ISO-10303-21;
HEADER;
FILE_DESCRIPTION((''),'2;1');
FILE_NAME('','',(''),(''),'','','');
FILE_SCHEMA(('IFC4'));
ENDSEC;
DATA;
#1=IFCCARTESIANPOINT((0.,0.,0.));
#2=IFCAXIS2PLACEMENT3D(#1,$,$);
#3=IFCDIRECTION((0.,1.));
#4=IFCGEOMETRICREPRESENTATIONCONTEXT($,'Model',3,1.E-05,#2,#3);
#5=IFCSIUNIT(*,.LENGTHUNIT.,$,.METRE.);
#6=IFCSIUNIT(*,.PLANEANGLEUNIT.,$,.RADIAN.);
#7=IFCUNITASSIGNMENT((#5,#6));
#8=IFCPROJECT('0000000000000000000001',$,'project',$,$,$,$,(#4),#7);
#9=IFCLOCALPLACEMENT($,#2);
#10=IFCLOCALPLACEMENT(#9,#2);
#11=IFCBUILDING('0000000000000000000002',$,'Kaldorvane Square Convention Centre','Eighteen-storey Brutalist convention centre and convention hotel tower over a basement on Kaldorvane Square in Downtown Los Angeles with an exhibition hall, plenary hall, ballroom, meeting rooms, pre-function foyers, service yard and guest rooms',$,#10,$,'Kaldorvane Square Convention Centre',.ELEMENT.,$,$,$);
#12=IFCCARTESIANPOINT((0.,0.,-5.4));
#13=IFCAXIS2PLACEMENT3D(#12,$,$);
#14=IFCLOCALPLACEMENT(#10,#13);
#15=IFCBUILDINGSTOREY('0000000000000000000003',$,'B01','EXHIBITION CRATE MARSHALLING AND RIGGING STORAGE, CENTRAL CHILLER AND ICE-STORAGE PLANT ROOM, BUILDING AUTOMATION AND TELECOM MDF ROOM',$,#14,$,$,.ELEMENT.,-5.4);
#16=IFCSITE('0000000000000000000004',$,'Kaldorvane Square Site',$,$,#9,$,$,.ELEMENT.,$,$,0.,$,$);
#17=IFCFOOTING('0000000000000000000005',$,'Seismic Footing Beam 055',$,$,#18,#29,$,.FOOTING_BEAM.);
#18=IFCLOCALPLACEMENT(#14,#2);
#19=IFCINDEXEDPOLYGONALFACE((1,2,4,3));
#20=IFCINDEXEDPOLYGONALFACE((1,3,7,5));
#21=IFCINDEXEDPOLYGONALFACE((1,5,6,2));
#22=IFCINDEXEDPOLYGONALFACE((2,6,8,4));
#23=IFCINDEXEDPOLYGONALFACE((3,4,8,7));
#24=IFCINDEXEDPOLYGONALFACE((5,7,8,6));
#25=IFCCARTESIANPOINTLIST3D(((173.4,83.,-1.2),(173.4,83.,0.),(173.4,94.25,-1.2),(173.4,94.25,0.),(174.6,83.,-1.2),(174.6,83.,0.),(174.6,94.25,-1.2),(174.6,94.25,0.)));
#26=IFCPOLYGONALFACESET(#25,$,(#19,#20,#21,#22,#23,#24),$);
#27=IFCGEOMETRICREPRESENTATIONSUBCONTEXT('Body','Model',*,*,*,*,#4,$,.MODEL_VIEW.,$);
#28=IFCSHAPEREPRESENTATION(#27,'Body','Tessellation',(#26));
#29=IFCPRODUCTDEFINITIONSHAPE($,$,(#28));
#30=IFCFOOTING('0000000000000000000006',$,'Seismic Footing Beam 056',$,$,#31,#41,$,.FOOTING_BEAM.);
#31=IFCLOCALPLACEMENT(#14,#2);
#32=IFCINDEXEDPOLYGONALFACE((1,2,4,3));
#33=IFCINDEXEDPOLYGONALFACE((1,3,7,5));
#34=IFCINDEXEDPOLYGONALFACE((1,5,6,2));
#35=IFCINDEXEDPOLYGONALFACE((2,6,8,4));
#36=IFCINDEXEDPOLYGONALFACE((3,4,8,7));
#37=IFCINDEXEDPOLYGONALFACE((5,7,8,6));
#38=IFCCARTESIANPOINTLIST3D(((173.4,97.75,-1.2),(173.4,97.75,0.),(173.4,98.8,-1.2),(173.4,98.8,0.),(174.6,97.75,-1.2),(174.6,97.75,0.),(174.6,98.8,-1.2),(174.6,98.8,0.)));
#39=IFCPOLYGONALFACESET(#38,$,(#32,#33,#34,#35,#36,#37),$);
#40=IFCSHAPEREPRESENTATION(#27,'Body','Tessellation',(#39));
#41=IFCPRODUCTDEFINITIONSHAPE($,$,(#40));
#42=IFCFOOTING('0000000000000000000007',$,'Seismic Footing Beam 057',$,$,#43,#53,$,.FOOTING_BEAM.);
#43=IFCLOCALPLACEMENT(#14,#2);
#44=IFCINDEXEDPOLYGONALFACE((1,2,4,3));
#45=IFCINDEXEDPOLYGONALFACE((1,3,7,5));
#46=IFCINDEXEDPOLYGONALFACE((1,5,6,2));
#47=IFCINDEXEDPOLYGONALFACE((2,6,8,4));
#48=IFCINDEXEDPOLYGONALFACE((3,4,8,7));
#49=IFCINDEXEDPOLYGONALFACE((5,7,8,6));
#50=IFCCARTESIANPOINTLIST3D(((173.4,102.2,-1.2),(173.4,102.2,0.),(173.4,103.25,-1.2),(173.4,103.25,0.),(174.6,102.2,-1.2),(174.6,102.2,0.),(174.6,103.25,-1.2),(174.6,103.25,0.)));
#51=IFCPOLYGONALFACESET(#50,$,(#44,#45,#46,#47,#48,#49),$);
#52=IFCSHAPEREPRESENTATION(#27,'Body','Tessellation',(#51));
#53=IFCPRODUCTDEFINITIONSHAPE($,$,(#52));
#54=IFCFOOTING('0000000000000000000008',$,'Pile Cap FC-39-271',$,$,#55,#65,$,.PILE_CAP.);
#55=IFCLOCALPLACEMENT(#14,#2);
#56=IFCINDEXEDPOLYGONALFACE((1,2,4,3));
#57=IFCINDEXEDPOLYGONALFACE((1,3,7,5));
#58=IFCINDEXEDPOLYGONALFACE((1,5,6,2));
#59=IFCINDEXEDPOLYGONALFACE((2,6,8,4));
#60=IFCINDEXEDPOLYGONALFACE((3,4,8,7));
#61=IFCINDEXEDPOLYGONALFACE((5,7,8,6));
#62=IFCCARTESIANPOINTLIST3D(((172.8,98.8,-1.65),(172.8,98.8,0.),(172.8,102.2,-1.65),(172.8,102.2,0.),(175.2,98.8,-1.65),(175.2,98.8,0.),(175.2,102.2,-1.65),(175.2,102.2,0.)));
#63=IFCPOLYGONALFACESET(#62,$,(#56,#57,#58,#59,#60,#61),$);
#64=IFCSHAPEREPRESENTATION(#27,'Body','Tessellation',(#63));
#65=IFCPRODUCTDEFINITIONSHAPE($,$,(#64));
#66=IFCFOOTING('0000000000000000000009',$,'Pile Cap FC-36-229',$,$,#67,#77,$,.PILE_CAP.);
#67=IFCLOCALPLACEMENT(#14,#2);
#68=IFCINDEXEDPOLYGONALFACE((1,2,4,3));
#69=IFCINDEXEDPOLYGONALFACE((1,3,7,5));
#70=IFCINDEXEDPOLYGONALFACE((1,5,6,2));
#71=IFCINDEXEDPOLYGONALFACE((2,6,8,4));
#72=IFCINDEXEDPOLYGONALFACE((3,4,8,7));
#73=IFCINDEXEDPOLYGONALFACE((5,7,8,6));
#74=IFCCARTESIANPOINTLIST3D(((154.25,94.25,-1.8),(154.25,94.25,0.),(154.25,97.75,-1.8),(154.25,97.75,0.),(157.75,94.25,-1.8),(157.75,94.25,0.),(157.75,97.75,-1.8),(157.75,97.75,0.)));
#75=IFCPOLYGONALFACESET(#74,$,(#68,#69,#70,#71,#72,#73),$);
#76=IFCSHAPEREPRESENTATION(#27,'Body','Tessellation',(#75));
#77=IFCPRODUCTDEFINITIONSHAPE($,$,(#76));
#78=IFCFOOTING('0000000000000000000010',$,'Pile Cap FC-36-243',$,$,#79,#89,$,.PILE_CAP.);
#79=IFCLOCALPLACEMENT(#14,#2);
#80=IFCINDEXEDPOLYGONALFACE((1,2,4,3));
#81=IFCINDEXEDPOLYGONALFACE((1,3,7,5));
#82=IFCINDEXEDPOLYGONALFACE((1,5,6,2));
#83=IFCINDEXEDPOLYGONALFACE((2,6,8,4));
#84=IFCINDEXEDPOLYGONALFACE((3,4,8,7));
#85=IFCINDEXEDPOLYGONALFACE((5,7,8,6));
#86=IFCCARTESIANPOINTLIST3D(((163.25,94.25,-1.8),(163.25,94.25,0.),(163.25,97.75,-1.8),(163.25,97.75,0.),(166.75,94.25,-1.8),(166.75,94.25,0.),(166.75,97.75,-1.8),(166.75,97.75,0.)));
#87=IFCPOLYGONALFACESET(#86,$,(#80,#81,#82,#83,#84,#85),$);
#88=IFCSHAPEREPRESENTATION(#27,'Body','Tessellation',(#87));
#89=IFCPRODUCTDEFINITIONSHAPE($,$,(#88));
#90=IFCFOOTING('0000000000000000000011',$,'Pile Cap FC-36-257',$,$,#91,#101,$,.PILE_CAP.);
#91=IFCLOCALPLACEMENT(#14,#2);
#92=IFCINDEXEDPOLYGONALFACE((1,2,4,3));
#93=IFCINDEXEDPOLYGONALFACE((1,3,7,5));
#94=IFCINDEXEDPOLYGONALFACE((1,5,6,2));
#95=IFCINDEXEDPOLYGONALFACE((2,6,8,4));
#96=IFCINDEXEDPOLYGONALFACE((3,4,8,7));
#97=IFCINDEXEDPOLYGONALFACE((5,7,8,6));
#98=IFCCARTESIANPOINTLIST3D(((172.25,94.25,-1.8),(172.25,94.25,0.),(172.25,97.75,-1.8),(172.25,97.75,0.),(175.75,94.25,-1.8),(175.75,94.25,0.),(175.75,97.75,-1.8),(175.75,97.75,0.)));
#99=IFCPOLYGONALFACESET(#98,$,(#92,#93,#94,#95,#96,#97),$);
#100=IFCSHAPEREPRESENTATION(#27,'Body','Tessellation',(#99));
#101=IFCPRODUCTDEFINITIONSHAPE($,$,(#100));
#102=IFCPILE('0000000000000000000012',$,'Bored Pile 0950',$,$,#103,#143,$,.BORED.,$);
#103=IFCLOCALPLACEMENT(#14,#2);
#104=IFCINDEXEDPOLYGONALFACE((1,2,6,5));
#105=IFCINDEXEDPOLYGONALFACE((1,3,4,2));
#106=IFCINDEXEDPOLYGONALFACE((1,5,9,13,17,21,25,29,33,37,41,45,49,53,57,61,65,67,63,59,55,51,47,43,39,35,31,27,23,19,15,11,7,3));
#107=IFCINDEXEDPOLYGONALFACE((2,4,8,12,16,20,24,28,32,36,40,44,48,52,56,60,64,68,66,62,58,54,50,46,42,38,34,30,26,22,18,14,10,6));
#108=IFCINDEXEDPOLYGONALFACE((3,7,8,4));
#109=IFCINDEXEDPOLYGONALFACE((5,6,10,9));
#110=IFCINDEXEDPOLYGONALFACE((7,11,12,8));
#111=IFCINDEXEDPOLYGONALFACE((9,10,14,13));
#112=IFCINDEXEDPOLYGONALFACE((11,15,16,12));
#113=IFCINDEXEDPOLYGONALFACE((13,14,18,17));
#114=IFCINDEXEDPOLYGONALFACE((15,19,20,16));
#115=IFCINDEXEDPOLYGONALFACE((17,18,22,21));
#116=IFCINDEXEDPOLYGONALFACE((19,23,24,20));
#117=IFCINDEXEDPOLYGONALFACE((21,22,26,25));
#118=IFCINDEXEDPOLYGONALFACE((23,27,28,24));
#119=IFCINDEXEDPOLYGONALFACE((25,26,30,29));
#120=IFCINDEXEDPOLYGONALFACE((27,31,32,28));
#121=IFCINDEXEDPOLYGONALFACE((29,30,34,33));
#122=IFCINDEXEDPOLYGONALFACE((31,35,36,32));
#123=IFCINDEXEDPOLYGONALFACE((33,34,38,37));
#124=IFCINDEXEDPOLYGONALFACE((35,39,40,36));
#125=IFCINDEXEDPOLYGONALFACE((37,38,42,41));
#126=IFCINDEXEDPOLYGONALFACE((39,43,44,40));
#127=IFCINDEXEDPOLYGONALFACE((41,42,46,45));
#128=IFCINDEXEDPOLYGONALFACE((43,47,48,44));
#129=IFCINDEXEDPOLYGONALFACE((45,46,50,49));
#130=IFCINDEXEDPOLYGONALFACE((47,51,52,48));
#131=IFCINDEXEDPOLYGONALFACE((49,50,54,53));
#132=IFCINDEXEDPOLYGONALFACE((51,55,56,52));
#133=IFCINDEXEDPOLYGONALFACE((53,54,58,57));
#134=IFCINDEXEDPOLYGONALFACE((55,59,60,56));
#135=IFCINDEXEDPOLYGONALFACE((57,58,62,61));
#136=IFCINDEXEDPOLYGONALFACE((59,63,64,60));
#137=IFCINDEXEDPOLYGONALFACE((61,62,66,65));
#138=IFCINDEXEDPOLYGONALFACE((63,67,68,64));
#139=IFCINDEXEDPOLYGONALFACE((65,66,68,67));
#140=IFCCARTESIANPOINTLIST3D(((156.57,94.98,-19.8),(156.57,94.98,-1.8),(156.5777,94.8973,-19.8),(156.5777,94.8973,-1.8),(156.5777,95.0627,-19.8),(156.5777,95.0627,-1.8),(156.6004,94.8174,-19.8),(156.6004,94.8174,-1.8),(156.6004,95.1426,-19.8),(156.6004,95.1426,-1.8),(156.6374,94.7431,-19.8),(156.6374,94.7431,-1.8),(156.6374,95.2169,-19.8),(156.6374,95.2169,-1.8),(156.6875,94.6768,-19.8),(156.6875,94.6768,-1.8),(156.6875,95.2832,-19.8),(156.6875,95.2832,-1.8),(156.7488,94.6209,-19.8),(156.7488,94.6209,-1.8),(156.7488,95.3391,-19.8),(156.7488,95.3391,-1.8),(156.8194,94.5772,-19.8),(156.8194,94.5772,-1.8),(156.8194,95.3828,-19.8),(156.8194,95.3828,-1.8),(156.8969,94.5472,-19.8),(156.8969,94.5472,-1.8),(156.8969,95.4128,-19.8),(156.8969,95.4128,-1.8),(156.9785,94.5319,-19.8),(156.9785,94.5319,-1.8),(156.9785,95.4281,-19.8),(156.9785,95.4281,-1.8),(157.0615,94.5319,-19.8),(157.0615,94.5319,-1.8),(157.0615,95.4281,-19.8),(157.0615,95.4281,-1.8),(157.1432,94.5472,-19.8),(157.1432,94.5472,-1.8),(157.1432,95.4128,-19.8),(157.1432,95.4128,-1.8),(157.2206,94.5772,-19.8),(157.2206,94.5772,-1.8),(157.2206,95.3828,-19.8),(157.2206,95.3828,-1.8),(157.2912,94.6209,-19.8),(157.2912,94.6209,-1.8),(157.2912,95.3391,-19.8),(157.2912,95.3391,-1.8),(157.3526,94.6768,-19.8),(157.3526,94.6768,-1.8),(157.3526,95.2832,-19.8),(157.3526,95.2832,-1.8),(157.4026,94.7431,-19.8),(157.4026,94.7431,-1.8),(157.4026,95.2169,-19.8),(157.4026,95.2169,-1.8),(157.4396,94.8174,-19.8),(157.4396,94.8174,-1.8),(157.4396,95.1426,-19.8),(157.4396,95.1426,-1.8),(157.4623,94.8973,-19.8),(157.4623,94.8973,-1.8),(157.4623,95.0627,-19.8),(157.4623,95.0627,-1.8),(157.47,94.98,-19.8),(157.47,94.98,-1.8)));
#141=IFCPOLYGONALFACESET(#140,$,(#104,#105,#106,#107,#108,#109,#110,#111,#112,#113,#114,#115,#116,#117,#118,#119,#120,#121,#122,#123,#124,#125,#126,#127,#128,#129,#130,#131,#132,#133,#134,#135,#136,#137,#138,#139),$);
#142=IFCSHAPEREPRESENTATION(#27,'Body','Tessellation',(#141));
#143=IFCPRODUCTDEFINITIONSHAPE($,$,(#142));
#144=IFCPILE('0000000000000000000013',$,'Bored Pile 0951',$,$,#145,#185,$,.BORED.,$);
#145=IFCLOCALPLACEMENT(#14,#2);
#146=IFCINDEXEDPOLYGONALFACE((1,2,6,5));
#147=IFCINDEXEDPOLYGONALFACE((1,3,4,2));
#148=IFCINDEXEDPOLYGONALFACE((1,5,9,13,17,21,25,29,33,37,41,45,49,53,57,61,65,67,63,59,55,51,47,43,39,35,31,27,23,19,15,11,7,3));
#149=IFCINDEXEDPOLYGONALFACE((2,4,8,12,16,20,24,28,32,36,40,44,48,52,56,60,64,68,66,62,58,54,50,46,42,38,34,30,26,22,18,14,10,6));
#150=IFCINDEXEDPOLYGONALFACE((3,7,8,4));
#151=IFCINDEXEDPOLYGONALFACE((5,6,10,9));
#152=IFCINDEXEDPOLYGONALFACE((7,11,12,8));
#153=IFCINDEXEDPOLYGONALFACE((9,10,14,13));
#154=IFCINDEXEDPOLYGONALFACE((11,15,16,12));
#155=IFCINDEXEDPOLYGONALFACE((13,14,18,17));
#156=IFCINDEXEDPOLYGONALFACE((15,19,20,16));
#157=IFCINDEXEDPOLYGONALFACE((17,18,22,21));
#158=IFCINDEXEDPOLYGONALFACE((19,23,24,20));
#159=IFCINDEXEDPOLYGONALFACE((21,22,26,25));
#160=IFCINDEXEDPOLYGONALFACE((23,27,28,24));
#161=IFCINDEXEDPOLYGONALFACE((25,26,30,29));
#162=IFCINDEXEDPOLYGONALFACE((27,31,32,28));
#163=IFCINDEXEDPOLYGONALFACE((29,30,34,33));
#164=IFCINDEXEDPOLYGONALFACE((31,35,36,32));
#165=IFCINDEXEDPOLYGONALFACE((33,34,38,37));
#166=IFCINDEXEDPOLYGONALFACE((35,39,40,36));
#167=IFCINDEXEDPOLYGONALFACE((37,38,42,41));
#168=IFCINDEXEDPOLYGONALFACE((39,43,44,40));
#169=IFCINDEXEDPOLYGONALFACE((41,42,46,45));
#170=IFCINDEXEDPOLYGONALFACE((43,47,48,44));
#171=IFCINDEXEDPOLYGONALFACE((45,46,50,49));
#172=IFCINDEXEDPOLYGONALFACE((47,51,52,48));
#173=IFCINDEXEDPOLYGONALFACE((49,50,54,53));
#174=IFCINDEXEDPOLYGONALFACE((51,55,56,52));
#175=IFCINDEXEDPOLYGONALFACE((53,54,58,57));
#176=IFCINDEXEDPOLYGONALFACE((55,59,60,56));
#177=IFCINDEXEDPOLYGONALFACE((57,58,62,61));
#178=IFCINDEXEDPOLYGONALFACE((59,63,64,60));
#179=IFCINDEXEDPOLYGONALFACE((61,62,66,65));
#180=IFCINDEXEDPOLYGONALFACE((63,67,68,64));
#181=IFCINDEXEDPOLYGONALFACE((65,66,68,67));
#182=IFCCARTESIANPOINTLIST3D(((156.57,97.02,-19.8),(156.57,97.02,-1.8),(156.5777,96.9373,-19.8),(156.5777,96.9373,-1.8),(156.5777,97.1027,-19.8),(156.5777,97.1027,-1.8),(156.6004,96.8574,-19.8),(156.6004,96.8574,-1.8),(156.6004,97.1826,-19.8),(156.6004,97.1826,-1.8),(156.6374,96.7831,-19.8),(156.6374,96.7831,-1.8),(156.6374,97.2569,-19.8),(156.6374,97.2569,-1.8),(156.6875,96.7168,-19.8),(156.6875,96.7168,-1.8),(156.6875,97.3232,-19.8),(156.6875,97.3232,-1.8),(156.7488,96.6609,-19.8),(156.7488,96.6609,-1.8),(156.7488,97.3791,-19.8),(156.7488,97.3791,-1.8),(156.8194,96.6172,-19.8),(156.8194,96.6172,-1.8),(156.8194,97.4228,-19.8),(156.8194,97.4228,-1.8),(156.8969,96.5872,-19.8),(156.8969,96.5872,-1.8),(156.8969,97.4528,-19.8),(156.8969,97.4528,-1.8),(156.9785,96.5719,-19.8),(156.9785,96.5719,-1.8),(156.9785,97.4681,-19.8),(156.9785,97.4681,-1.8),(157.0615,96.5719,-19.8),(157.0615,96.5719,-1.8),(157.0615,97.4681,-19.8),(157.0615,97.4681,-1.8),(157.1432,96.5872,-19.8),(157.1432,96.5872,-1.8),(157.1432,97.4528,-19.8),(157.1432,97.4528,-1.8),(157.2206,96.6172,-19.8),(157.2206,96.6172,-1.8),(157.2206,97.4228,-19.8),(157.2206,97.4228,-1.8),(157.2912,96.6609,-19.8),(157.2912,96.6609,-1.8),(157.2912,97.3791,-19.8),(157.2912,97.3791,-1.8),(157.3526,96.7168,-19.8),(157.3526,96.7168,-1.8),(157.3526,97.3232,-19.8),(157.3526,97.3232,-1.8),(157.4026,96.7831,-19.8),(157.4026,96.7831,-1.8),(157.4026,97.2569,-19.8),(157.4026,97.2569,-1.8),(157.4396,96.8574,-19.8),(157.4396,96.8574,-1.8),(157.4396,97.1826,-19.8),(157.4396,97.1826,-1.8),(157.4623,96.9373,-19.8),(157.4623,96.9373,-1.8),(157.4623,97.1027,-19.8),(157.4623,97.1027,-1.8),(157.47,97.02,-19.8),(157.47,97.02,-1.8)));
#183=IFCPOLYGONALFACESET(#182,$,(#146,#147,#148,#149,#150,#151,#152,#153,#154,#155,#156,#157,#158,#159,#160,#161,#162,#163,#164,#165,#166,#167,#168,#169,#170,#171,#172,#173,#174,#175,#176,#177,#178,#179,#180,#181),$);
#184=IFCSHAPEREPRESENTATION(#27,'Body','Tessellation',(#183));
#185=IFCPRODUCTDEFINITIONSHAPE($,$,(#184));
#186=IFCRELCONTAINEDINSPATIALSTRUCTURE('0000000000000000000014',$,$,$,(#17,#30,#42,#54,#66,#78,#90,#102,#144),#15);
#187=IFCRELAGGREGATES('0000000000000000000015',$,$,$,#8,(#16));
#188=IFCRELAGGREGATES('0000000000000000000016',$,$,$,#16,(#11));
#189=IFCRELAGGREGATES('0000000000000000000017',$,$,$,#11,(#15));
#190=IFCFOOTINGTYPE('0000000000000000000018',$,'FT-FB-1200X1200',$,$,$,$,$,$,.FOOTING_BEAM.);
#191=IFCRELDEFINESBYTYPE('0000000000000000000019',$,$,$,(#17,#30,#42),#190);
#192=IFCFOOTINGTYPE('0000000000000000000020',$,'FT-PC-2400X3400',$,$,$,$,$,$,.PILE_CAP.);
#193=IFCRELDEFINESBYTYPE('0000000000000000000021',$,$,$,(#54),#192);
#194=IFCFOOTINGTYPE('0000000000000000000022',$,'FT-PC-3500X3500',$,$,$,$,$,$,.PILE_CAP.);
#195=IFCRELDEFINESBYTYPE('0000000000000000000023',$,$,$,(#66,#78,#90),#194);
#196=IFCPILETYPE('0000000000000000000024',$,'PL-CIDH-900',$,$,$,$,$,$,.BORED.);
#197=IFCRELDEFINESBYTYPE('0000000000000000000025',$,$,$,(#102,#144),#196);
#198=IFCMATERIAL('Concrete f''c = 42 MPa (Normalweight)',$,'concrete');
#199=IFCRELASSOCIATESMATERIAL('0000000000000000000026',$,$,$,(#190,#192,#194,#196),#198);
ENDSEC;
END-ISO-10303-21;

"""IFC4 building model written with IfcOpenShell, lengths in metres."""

from ifc_helpers import new_model, si_unit, direction, frame, origin, origin_2d, place, context, subcontext, project, spatial, rectangle, circle, extrude, material, material_profile, profile_set, type_object, element, save


model = new_model("IFC4")

# Units and contexts
model_context = context("Model", 3, precision=1e-05, world=origin(), true_north=direction((0.0, 1.0)))
body_context = subcontext(model_context, "Body", "Model", "MODEL_VIEW")
ifc_project = project(units=[si_unit("LENGTHUNIT", "METRE"), si_unit("PLANEANGLEUNIT", "RADIAN")], contexts=[model_context])

# Site, building, storey
site_placement = place(None, origin())
site = spatial("IfcSite", under=ifc_project, at=site_placement, Name="Kaldorvane Square Site", CompositionType="ELEMENT", RefElevation=0.0)
building_placement = place(site_placement, origin())
building = spatial("IfcBuilding", under=site, at=building_placement, Name="Kaldorvane Square Convention Centre", Description="Eighteen-storey Brutalist convention centre and convention hotel tower over a basement on Kaldorvane Square in Downtown Los Angeles with an exhibition hall, plenary hall, ballroom, meeting rooms, pre-function foyers, service yard and guest rooms", LongName="Kaldorvane Square Convention Centre", CompositionType="ELEMENT")
storey_placement = place(building_placement, frame((0.0, 0.0, -5.4)))
storey = spatial("IfcBuildingStorey", under=building, at=storey_placement, Name="B01", Description="EXHIBITION CRATE MARSHALLING AND RIGGING STORAGE, CENTRAL CHILLER AND ICE-STORAGE PLANT ROOM, BUILDING AUTOMATION AND TELECOM MDF ROOM", CompositionType="ELEMENT", Elevation=-5.4)

# Footings
ifc_material_1 = material(Name="Concrete f'c = 42 MPa (Normalweight)", Category="concrete")
footing_type_1 = type_object("IfcFootingType", Name="FT-FB-1200X1200", PredefinedType="FOOTING_BEAM", material=ifc_material_1)
footing_1_placement = place(storey_placement, frame((174.0, 88.625, -1.2), z_axis=(0.0, 0.0, 1.0), x_axis=(1.0, 0.0, 0.0)))
element("IfcFooting", 1, at=footing_1_placement, inside=storey, type_object=footing_type_1, Name="Seismic Footing Beam 055", PredefinedType="FOOTING_BEAM", context=body_context, shape_type="SweptSolid", body=[
    extrude(rectangle(XDim=1.2, YDim=11.25, at=origin_2d()), origin(), (0.0, 0.0, 1.0), 1.2),
])
for number, where, z_axis, x_axis, name in (
    (2, (174.0, 98.275, -1.2), (0.0, 0.0, 1.0), (1.0, 0.0, 0.0), "Seismic Footing Beam 056"),
    (3, (174.0, 102.725, -1.2), (0.0, 0.0, 1.0), (1.0, 0.0, 0.0), "Seismic Footing Beam 057"),
):
    element("IfcFooting", number, at=place(storey_placement, frame(where, z_axis=z_axis, x_axis=x_axis)), inside=storey, type_object=footing_type_1, Name=name, PredefinedType="FOOTING_BEAM", context=body_context, shape_type="SweptSolid", body=[
        extrude(rectangle(XDim=1.2, YDim=1.05, at=origin_2d()), origin(), (0.0, 0.0, 1.0), 1.2),
    ])
footing_type_2 = type_object("IfcFootingType", Name="FT-PC-2400X3400", PredefinedType="PILE_CAP", material=ifc_material_1)
footing_2_placement = place(storey_placement, frame((174.0, 100.5, -1.65), z_axis=(0.0, 0.0, 1.0), x_axis=(1.0, 0.0, 0.0)))
element("IfcFooting", 4, at=footing_2_placement, inside=storey, type_object=footing_type_2, Name="Pile Cap FC-39-271", PredefinedType="PILE_CAP", context=body_context, shape_type="SweptSolid", body=[
    extrude(rectangle(XDim=2.4, YDim=3.4, at=origin_2d()), origin(), (0.0, 0.0, 1.0), 1.65),
])
footing_type_3 = type_object("IfcFootingType", Name="FT-PC-3500X3500", PredefinedType="PILE_CAP", material=ifc_material_1)
for number, where, z_axis, x_axis, name in (
    (5, (156.0, 96.0, -1.8), (0.0, 0.0, 1.0), (1.0, 0.0, 0.0), "Pile Cap FC-36-229"),
    (6, (165.0, 96.0, -1.8), (0.0, 0.0, 1.0), (1.0, 0.0, 0.0), "Pile Cap FC-36-243"),
    (7, (174.0, 96.0, -1.8), (0.0, 0.0, 1.0), (1.0, 0.0, 0.0), "Pile Cap FC-36-257"),
):
    element("IfcFooting", number, at=place(storey_placement, frame(where, z_axis=z_axis, x_axis=x_axis)), inside=storey, type_object=footing_type_3, Name=name, PredefinedType="PILE_CAP", context=body_context, shape_type="SweptSolid", body=[
        extrude(rectangle(XDim=3.5, YDim=3.5, at=origin_2d()), origin(), (0.0, 0.0, 1.0), 1.8),
    ])

# Piles
ifc_material_profile_1 = material_profile(ifc_material_1, circle(Radius=0.45, at=origin_2d()), Name="PILE-D900")
ifc_profile_set_1 = profile_set([ifc_material_profile_1], Name="Concrete f'c = 42 MPa (Normalweight)")
pile_type = type_object("IfcPileType", Name="PL-CIDH-900", PredefinedType="BORED", material=ifc_profile_set_1)
for number, where, z_axis, x_axis, name in (
    (8, (157.02, 94.98, -1.8), (0.0, 0.0, -1.0), (1.0, 0.0, 0.0), "Bored Pile 0950"),
    (9, (157.02, 97.02, -1.8), (0.0, 0.0, -1.0), (1.0, 0.0, 0.0), "Bored Pile 0951"),
):
    element("IfcPile", number, at=place(storey_placement, frame(where, z_axis=z_axis, x_axis=x_axis)), inside=storey, type_object=pile_type, Name=name, PredefinedType="BORED", context=body_context, shape_type="SweptSolid", body=[
        extrude(circle(Radius=0.45, at=origin_2d()), origin(), (0.0, 0.0, 1.0), 18.0),
    ])

save(model, "model.ifc")
